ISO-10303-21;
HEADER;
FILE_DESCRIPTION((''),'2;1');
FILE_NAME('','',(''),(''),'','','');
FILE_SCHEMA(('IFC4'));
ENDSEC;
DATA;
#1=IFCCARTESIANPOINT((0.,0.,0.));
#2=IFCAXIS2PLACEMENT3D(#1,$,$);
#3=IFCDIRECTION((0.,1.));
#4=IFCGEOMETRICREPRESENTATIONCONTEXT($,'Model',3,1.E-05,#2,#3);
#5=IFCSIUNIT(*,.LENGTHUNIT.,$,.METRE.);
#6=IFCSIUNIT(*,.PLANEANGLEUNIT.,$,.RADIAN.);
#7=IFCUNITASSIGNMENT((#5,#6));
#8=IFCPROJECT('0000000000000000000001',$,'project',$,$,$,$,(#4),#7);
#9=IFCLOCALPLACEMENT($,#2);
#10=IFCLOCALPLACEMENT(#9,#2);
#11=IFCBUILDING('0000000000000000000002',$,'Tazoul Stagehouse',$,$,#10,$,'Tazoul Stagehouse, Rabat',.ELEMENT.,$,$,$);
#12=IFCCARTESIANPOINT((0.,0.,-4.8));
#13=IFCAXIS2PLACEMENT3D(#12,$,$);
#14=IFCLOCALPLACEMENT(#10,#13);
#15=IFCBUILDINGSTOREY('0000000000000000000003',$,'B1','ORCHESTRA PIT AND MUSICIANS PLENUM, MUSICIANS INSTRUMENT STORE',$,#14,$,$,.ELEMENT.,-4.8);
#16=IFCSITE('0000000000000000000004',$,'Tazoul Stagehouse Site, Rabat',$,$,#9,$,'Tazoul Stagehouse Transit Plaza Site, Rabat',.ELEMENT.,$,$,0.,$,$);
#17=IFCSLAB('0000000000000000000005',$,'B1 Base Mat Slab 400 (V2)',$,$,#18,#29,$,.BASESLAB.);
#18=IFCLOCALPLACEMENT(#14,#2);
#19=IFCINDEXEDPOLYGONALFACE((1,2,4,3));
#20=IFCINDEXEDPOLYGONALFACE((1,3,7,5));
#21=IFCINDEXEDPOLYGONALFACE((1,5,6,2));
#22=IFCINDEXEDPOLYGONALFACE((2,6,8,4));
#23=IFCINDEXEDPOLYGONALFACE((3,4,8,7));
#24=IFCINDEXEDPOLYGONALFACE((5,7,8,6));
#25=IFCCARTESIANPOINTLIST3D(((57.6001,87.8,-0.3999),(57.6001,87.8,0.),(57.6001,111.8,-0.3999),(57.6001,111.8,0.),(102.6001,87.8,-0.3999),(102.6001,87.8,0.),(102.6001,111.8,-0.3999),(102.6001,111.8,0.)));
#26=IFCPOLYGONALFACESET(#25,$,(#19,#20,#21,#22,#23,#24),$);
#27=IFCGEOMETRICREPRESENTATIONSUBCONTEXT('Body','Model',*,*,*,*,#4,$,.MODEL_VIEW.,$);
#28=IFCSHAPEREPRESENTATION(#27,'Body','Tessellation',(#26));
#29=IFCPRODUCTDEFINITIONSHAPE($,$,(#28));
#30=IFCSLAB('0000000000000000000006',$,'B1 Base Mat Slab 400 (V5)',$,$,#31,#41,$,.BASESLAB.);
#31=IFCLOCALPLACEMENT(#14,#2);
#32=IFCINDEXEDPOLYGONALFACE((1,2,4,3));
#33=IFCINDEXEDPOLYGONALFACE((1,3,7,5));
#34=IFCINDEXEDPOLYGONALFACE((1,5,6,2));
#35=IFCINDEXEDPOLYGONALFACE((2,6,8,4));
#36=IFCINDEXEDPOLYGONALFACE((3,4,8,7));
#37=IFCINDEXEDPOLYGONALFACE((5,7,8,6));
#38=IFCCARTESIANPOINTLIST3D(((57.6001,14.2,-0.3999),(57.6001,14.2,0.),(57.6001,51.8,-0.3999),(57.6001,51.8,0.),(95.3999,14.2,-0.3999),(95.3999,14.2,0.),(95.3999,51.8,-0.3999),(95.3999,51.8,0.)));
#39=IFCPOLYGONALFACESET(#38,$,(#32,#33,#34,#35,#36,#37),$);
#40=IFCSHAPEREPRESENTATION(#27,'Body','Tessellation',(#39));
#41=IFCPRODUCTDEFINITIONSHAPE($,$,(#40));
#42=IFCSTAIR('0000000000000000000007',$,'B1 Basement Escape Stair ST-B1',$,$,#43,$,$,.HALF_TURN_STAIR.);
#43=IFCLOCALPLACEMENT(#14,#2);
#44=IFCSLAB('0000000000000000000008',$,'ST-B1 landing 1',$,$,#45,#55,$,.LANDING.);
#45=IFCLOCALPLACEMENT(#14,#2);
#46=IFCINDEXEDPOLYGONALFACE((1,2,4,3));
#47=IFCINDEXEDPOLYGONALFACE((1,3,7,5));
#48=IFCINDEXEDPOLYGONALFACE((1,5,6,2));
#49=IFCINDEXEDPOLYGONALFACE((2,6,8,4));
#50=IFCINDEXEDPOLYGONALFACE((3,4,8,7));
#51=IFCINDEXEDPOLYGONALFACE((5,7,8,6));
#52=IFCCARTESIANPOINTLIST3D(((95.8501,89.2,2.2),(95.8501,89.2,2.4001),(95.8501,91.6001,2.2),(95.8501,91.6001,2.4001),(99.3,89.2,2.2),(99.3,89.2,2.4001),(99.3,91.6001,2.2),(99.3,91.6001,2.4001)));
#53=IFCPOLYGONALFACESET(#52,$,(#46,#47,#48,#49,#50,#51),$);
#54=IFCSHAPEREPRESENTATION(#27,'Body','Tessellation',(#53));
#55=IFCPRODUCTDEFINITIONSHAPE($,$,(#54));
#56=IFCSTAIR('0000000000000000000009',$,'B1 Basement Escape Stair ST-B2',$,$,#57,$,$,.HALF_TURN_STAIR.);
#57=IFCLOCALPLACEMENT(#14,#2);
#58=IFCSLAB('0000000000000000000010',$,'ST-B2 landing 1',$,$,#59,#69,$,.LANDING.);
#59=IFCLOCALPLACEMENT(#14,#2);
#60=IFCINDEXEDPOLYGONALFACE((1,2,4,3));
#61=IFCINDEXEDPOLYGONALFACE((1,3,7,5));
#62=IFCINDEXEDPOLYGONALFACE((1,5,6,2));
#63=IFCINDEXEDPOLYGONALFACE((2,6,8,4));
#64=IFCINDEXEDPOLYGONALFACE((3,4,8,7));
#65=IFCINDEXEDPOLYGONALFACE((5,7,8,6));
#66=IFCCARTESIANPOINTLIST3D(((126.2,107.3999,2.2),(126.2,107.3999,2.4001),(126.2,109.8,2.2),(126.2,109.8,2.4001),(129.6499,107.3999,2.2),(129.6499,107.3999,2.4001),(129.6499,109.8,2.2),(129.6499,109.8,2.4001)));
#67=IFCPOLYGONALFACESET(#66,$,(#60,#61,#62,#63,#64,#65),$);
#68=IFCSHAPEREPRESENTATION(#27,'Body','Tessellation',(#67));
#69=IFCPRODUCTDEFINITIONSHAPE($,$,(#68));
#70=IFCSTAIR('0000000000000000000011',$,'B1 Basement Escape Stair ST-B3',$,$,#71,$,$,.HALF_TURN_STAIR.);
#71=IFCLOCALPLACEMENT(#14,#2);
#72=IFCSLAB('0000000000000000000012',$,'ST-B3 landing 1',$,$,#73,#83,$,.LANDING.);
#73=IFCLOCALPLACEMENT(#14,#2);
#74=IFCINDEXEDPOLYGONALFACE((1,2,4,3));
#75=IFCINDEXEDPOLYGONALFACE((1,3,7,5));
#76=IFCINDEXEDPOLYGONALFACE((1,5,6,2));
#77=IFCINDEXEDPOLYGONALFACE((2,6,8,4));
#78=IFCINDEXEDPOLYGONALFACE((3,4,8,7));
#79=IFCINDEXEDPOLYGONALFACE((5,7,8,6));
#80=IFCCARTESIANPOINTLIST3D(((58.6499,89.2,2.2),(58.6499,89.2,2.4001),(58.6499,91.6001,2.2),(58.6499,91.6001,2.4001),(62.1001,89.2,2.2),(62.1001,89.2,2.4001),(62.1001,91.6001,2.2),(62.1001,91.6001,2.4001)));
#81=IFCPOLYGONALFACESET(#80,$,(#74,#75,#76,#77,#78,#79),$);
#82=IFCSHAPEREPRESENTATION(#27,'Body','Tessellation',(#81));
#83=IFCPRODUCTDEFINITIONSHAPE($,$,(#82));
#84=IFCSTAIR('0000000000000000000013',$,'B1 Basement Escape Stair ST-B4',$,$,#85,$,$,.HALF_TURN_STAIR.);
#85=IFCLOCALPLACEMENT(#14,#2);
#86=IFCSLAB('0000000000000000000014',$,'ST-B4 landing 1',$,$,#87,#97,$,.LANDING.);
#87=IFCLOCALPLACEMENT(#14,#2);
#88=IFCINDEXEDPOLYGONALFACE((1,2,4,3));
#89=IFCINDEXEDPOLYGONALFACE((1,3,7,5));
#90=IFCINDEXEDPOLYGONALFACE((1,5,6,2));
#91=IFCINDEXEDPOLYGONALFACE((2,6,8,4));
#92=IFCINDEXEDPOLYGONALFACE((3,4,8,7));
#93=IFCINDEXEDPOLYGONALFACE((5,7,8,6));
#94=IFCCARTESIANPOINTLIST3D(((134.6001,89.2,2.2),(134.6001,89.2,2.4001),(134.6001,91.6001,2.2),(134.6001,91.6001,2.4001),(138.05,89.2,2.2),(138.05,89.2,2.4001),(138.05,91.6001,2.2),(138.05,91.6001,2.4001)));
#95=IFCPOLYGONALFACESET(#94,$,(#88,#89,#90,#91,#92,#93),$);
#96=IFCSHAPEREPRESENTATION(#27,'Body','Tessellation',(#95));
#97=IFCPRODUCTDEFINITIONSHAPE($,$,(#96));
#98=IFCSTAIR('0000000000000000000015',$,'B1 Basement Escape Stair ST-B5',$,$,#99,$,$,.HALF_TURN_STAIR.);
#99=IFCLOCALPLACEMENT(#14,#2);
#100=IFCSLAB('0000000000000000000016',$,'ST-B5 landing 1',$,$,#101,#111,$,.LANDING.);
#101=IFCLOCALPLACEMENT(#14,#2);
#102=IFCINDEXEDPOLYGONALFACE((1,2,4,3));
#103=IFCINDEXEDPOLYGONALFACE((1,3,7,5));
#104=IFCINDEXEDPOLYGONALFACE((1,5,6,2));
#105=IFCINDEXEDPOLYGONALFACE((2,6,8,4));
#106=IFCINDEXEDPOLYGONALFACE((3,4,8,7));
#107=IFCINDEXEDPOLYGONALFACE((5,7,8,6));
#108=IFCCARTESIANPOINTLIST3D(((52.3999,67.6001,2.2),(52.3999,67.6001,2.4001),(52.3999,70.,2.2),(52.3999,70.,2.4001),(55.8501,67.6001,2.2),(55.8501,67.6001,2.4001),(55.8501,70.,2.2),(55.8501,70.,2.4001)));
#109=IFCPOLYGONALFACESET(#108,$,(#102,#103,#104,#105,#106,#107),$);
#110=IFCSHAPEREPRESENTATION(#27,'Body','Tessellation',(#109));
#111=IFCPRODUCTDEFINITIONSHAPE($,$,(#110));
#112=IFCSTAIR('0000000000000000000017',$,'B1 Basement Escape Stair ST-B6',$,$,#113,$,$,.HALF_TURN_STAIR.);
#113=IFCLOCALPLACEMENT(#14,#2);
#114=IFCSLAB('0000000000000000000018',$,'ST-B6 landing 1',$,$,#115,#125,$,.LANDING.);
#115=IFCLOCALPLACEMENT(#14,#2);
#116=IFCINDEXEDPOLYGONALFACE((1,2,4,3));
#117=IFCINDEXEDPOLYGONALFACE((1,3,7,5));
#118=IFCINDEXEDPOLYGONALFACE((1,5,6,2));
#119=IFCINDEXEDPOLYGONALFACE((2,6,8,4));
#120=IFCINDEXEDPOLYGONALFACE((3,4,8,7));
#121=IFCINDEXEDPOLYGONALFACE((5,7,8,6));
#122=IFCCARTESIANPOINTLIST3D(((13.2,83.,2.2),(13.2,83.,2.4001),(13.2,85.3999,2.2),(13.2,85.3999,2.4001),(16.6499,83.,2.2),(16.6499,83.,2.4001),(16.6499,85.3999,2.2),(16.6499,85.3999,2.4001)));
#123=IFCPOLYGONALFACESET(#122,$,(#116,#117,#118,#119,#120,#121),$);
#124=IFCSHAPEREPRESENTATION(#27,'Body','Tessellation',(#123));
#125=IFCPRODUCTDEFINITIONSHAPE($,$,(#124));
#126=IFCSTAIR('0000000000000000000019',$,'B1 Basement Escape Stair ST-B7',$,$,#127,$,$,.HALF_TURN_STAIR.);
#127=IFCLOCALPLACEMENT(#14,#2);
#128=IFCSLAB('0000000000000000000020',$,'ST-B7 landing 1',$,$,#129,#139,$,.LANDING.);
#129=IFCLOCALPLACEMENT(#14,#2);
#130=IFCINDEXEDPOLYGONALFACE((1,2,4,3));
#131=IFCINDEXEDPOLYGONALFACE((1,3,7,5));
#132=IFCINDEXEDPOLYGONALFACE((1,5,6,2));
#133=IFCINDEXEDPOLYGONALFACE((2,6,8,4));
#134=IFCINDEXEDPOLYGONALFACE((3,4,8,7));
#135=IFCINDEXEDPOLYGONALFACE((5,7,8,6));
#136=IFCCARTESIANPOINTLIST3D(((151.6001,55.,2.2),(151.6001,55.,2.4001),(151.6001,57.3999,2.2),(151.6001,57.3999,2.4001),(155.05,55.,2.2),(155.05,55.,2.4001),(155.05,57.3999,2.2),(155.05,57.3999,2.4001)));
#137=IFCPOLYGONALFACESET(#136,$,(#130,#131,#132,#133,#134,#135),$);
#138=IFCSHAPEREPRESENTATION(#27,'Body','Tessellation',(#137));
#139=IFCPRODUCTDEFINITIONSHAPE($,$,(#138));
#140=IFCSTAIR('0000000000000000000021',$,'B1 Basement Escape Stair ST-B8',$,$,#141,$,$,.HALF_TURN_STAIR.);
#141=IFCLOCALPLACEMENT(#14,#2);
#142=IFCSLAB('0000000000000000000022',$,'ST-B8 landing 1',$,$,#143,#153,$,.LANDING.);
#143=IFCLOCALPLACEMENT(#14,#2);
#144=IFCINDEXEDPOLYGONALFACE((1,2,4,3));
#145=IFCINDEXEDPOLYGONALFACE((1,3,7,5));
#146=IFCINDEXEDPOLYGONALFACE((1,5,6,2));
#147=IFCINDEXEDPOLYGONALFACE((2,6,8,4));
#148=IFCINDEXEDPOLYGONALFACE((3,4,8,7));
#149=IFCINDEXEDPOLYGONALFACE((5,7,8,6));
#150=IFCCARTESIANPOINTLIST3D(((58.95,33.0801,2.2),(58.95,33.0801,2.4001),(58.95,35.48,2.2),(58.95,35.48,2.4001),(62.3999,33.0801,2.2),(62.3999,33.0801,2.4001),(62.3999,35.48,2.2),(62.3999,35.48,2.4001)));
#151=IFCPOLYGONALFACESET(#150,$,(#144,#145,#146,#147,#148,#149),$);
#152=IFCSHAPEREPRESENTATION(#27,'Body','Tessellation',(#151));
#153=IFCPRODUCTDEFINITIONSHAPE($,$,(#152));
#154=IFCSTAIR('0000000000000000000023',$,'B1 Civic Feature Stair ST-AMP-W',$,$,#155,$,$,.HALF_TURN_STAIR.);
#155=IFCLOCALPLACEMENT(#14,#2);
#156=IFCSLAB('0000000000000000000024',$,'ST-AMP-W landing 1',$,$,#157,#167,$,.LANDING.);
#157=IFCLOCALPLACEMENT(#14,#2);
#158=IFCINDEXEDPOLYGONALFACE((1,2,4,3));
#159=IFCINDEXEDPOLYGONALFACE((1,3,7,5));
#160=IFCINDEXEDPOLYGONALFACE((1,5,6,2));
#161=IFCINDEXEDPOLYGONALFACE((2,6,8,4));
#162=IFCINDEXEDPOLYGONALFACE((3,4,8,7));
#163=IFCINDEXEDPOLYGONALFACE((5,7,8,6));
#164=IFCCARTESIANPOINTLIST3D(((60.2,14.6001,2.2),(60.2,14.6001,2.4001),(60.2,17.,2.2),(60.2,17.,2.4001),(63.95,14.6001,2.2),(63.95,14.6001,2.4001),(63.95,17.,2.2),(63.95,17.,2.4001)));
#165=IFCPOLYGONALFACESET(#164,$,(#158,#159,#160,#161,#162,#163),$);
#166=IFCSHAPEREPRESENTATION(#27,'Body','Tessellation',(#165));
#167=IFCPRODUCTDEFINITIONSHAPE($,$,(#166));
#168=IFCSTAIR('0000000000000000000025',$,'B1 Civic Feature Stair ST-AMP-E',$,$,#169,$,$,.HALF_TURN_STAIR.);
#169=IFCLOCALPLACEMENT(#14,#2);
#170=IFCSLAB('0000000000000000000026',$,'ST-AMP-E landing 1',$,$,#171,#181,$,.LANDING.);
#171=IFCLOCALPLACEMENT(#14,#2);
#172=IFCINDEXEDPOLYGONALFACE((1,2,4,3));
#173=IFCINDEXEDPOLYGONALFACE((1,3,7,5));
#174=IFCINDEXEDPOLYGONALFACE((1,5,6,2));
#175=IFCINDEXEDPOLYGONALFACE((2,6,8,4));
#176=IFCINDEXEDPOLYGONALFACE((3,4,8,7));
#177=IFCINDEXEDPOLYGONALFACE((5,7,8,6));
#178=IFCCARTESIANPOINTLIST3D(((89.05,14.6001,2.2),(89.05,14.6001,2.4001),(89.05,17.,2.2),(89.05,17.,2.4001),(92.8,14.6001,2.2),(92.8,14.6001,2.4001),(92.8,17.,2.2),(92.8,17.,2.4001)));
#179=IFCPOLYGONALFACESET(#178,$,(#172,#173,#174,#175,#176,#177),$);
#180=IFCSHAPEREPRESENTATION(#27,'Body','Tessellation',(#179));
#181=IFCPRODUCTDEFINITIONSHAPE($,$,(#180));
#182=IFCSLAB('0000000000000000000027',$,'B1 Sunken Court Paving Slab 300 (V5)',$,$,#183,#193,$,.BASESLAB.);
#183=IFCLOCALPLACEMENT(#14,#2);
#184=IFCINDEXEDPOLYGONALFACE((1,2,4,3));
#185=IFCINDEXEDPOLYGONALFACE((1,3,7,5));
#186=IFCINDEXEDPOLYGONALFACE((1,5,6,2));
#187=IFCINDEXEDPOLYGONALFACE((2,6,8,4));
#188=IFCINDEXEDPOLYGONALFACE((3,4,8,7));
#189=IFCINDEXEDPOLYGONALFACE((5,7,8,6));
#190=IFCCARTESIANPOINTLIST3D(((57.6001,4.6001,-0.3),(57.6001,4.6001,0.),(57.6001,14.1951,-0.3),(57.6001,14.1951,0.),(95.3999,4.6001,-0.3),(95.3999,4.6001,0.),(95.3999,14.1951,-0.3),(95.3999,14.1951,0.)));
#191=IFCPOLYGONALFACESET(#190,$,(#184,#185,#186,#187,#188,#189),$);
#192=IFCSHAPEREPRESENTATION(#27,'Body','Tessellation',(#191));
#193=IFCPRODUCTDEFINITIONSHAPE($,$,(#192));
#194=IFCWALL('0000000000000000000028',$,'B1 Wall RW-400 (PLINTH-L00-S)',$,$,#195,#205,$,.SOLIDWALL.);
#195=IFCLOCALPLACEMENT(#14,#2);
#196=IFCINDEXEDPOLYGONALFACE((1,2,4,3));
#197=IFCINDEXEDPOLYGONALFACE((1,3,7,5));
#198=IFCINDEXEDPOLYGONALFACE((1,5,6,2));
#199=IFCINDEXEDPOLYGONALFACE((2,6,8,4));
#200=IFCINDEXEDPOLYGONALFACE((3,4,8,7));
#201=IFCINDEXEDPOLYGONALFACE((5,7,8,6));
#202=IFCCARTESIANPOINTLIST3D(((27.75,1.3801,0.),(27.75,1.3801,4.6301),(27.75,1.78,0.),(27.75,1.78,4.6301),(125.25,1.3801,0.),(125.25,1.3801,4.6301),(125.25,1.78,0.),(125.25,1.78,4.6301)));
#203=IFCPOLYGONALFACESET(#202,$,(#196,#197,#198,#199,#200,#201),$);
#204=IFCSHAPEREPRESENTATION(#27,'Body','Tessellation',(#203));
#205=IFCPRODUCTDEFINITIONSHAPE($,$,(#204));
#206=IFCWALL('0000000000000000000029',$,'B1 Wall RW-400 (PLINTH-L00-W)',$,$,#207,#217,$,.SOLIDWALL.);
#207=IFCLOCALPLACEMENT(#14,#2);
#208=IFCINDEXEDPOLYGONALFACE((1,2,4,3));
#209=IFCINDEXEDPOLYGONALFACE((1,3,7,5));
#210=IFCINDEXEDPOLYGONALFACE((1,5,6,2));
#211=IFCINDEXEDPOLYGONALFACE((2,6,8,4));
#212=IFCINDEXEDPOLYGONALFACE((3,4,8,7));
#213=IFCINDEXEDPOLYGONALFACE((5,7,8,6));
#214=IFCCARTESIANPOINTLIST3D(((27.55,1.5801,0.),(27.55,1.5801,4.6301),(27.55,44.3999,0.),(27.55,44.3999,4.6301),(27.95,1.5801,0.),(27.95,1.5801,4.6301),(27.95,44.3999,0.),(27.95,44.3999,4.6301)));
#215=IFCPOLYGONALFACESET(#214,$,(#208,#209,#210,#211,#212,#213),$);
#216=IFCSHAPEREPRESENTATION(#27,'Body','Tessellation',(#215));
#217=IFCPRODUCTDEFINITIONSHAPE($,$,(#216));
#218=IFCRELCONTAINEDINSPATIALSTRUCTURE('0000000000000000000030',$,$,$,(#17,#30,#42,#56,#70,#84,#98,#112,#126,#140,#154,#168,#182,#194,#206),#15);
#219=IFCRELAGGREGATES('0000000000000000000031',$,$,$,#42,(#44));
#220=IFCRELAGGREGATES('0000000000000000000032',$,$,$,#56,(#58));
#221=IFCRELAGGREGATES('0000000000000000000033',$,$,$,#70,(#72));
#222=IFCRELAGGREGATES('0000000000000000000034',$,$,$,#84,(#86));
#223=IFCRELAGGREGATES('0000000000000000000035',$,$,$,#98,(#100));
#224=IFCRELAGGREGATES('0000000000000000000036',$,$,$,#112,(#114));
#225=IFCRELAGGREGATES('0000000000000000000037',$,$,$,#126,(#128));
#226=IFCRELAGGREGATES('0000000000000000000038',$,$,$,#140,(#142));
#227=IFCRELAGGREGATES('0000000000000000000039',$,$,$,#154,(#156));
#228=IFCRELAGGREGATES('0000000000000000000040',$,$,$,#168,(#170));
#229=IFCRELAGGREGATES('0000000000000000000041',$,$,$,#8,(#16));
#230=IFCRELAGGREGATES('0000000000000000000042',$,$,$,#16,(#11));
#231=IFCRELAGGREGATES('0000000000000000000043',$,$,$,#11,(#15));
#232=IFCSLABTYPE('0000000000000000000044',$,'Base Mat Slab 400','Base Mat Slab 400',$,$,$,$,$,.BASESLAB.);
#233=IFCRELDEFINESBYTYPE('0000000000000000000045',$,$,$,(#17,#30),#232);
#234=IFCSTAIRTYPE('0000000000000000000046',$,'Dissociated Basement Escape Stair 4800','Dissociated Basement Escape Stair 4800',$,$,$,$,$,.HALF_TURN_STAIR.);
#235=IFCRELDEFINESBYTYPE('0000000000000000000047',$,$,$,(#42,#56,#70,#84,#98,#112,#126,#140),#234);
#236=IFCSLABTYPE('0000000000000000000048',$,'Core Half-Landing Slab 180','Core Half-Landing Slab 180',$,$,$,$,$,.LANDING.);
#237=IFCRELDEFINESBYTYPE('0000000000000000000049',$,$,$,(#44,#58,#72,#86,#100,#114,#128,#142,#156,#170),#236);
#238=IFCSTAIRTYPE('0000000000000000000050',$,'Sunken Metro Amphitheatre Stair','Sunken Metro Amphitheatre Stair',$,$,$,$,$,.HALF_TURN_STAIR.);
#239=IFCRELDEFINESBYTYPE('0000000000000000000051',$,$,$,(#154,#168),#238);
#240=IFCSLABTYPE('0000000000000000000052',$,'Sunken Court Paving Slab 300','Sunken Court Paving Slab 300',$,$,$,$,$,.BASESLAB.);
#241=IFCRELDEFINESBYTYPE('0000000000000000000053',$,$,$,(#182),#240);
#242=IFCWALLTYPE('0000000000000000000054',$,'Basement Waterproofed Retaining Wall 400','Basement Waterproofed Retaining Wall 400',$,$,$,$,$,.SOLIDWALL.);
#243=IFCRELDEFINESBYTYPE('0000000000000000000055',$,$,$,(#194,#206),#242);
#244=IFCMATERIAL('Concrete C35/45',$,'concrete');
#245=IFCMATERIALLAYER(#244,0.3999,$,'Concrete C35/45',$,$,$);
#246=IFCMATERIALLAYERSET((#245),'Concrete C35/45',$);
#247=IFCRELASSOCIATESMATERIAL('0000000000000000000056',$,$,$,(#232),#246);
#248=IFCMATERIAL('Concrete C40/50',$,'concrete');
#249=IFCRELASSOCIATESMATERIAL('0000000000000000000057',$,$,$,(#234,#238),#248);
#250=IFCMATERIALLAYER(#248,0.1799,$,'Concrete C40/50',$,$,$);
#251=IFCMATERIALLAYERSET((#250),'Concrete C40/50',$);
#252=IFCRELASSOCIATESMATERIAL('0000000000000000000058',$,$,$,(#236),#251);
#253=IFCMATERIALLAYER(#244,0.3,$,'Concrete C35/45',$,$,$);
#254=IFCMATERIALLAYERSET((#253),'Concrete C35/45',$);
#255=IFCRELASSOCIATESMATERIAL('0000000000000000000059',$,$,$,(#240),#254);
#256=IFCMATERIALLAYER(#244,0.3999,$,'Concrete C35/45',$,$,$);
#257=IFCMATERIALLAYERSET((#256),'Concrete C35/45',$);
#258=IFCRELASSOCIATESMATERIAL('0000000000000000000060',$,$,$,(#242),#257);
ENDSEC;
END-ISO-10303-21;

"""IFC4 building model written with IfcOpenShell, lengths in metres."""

from ifc_helpers import new_model, si_unit, direction, frame, frame_2d, origin, place, context, subcontext, project, spatial, polyline, rectangle, outline, extrude, material, layer, layer_set, type_object, element, aggregate, save


model = new_model("IFC4")

# Units and contexts
model_context = context("Model", 3, precision=1e-05, world=origin(), true_north=direction((0.0, 1.0)))
body_context = subcontext(model_context, "Body", "Model", "MODEL_VIEW")
ifc_project = project(units=[si_unit("LENGTHUNIT", "METRE"), si_unit("PLANEANGLEUNIT", "RADIAN")], contexts=[model_context])

# Site, building, storey
site_placement = place(None, origin())
site = spatial("IfcSite", under=ifc_project, at=site_placement, Name="Tazoul Stagehouse Site, Rabat", LongName="Tazoul Stagehouse Transit Plaza Site, Rabat", CompositionType="ELEMENT", RefElevation=0.0)
building_placement = place(site_placement, origin())
building = spatial("IfcBuilding", under=site, at=building_placement, Name="Tazoul Stagehouse", LongName="Tazoul Stagehouse, Rabat", CompositionType="ELEMENT")
storey_placement = place(building_placement, frame((0.0, 0.0, -4.8)))
storey = spatial("IfcBuildingStorey", under=building, at=storey_placement, Name="B1", Description="ORCHESTRA PIT AND MUSICIANS PLENUM, MUSICIANS INSTRUMENT STORE", CompositionType="ELEMENT", Elevation=-4.8)

# Shared definitions
ifc_material_1 = material(Name="Concrete C35/45", Category="concrete")

# Shared definitions
ifc_material_2 = material(Name="Concrete C40/50", Category="concrete")

# Slabs
ifc_layer_1 = layer(ifc_material_1, 0.3999, Name="Concrete C35/45")
ifc_layer_set_1 = layer_set([ifc_layer_1], Name="Concrete C35/45")
slab_type_1 = type_object("IfcSlabType", Name="Base Mat Slab 400", Description="Base Mat Slab 400", PredefinedType="BASESLAB", material=ifc_layer_set_1)
slab_1_placement = place(storey_placement, frame((0.0, 0.0, -0.3999)))
element("IfcSlab", 1, at=slab_1_placement, inside=storey, type_object=slab_type_1, Name="B1 Base Mat Slab 400 (V2)", PredefinedType="BASESLAB", context=body_context, shape_type="SweptSolid", body=[
    extrude(outline(polyline([(57.6001, 87.8), (57.6001, 111.8), (102.6001, 111.8), (102.6001, 87.8), (57.6001, 87.8)])), origin(), (0.0, 0.0, 1.0), 0.3999),
])
slab_2_placement = place(storey_placement, frame((0.0, 0.0, -0.3999)))
element("IfcSlab", 2, at=slab_2_placement, inside=storey, type_object=slab_type_1, Name="B1 Base Mat Slab 400 (V5)", PredefinedType="BASESLAB", context=body_context, shape_type="SweptSolid", body=[
    extrude(outline(polyline([(57.6001, 14.2), (57.6001, 51.8), (95.3999, 51.8), (95.3999, 14.2), (57.6001, 14.2)])), origin(), (0.0, 0.0, 1.0), 0.3999),
])

# Stairs, slabs
stair_type_1 = type_object("IfcStairType", Name="Dissociated Basement Escape Stair 4800", Description="Dissociated Basement Escape Stair 4800", PredefinedType="HALF_TURN_STAIR", material=ifc_material_2)
stair_1_placement = place(storey_placement, origin())
stair_1 = element("IfcStair", 3, at=stair_1_placement, inside=storey, type_object=stair_type_1, Name="B1 Basement Escape Stair ST-B1", PredefinedType="HALF_TURN_STAIR")
ifc_layer_2 = layer(ifc_material_2, 0.1799, Name="Concrete C40/50")
ifc_layer_set_2 = layer_set([ifc_layer_2], Name="Concrete C40/50")
slab_type_2 = type_object("IfcSlabType", Name="Core Half-Landing Slab 180", Description="Core Half-Landing Slab 180", PredefinedType="LANDING", material=ifc_layer_set_2)
slab_3_placement = place(storey_placement, frame((0.0, 0.0, 2.2)))
slab_3 = element("IfcSlab", 4, at=slab_3_placement, type_object=slab_type_2, Name="ST-B1 landing 1", PredefinedType="LANDING", context=body_context, shape_type="SweptSolid", body=[
    extrude(outline(polyline([(95.8501, 91.6001), (95.8501, 89.2), (99.3, 89.2), (99.3, 91.6001), (95.8501, 91.6001)])), origin(), (0.0, 0.0, 1.0), 0.2002),
])
aggregate(stair_1, [slab_3])
stair_2_placement = place(storey_placement, origin())
stair_2 = element("IfcStair", 5, at=stair_2_placement, inside=storey, type_object=stair_type_1, Name="B1 Basement Escape Stair ST-B2", PredefinedType="HALF_TURN_STAIR")
slab_4_placement = place(storey_placement, frame((0.0, 0.0, 2.2)))
slab_4 = element("IfcSlab", 6, at=slab_4_placement, type_object=slab_type_2, Name="ST-B2 landing 1", PredefinedType="LANDING", context=body_context, shape_type="SweptSolid", body=[
    extrude(outline(polyline([(129.6499, 107.3999), (129.6499, 109.8), (126.2, 109.8), (126.2, 107.3999), (129.6499, 107.3999)])), origin(), (0.0, 0.0, 1.0), 0.2002),
])
aggregate(stair_2, [slab_4])
stair_3_placement = place(storey_placement, origin())
stair_3 = element("IfcStair", 7, at=stair_3_placement, inside=storey, type_object=stair_type_1, Name="B1 Basement Escape Stair ST-B3", PredefinedType="HALF_TURN_STAIR")
slab_5_placement = place(storey_placement, frame((0.0, 0.0, 2.2)))
slab_5 = element("IfcSlab", 8, at=slab_5_placement, type_object=slab_type_2, Name="ST-B3 landing 1", PredefinedType="LANDING", context=body_context, shape_type="SweptSolid", body=[
    extrude(outline(polyline([(58.6499, 91.6001), (58.6499, 89.2), (62.1001, 89.2), (62.1001, 91.6001), (58.6499, 91.6001)])), origin(), (0.0, 0.0, 1.0), 0.2002),
])
aggregate(stair_3, [slab_5])
stair_4_placement = place(storey_placement, origin())
stair_4 = element("IfcStair", 9, at=stair_4_placement, inside=storey, type_object=stair_type_1, Name="B1 Basement Escape Stair ST-B4", PredefinedType="HALF_TURN_STAIR")
slab_6_placement = place(storey_placement, frame((0.0, 0.0, 2.2)))
slab_6 = element("IfcSlab", 10, at=slab_6_placement, type_object=slab_type_2, Name="ST-B4 landing 1", PredefinedType="LANDING", context=body_context, shape_type="SweptSolid", body=[
    extrude(outline(polyline([(134.6001, 91.6001), (134.6001, 89.2), (138.05, 89.2), (138.05, 91.6001), (134.6001, 91.6001)])), origin(), (0.0, 0.0, 1.0), 0.2002),
])
aggregate(stair_4, [slab_6])
stair_5_placement = place(storey_placement, origin())
stair_5 = element("IfcStair", 11, at=stair_5_placement, inside=storey, type_object=stair_type_1, Name="B1 Basement Escape Stair ST-B5", PredefinedType="HALF_TURN_STAIR")
slab_7_placement = place(storey_placement, frame((0.0, 0.0, 2.2)))
slab_7 = element("IfcSlab", 12, at=slab_7_placement, type_object=slab_type_2, Name="ST-B5 landing 1", PredefinedType="LANDING", context=body_context, shape_type="SweptSolid", body=[
    extrude(outline(polyline([(52.3999, 70.0), (52.3999, 67.6001), (55.8501, 67.6001), (55.8501, 70.0), (52.3999, 70.0)])), origin(), (0.0, 0.0, 1.0), 0.2002),
])
aggregate(stair_5, [slab_7])
stair_6_placement = place(storey_placement, origin())
stair_6 = element("IfcStair", 13, at=stair_6_placement, inside=storey, type_object=stair_type_1, Name="B1 Basement Escape Stair ST-B6", PredefinedType="HALF_TURN_STAIR")
slab_8_placement = place(storey_placement, frame((0.0, 0.0, 2.2)))
slab_8 = element("IfcSlab", 14, at=slab_8_placement, type_object=slab_type_2, Name="ST-B6 landing 1", PredefinedType="LANDING", context=body_context, shape_type="SweptSolid", body=[
    extrude(outline(polyline([(16.6499, 83.0), (16.6499, 85.3999), (13.2, 85.3999), (13.2, 83.0), (16.6499, 83.0)])), origin(), (0.0, 0.0, 1.0), 0.2002),
])
aggregate(stair_6, [slab_8])
stair_7_placement = place(storey_placement, origin())
stair_7 = element("IfcStair", 15, at=stair_7_placement, inside=storey, type_object=stair_type_1, Name="B1 Basement Escape Stair ST-B7", PredefinedType="HALF_TURN_STAIR")
slab_9_placement = place(storey_placement, frame((0.0, 0.0, 2.2)))
slab_9 = element("IfcSlab", 16, at=slab_9_placement, type_object=slab_type_2, Name="ST-B7 landing 1", PredefinedType="LANDING", context=body_context, shape_type="SweptSolid", body=[
    extrude(outline(polyline([(155.05, 55.0), (155.05, 57.3999), (151.6001, 57.3999), (151.6001, 55.0), (155.05, 55.0)])), origin(), (0.0, 0.0, 1.0), 0.2002),
])
aggregate(stair_7, [slab_9])
stair_8_placement = place(storey_placement, origin())
stair_8 = element("IfcStair", 17, at=stair_8_placement, inside=storey, type_object=stair_type_1, Name="B1 Basement Escape Stair ST-B8", PredefinedType="HALF_TURN_STAIR")
slab_10_placement = place(storey_placement, frame((0.0, 0.0, 2.2)))
slab_10 = element("IfcSlab", 18, at=slab_10_placement, type_object=slab_type_2, Name="ST-B8 landing 1", PredefinedType="LANDING", context=body_context, shape_type="SweptSolid", body=[
    extrude(outline(polyline([(62.3999, 33.0801), (62.3999, 35.48), (58.95, 35.48), (58.95, 33.0801), (62.3999, 33.0801)])), origin(), (0.0, 0.0, 1.0), 0.2002),
])
aggregate(stair_8, [slab_10])
stair_type_2 = type_object("IfcStairType", Name="Sunken Metro Amphitheatre Stair", Description="Sunken Metro Amphitheatre Stair", PredefinedType="HALF_TURN_STAIR", material=ifc_material_2)
stair_9_placement = place(storey_placement, origin())
stair_9 = element("IfcStair", 19, at=stair_9_placement, inside=storey, type_object=stair_type_2, Name="B1 Civic Feature Stair ST-AMP-W", PredefinedType="HALF_TURN_STAIR")
slab_11_placement = place(storey_placement, frame((0.0, 0.0, 2.2)))
slab_11 = element("IfcSlab", 20, at=slab_11_placement, type_object=slab_type_2, Name="ST-AMP-W landing 1", PredefinedType="LANDING", context=body_context, shape_type="SweptSolid", body=[
    extrude(outline(polyline([(63.95, 14.6001), (63.95, 17.0), (60.2, 17.0), (60.2, 14.6001), (63.95, 14.6001)])), origin(), (0.0, 0.0, 1.0), 0.2002),
])
aggregate(stair_9, [slab_11])
stair_10_placement = place(storey_placement, origin())
stair_10 = element("IfcStair", 21, at=stair_10_placement, inside=storey, type_object=stair_type_2, Name="B1 Civic Feature Stair ST-AMP-E", PredefinedType="HALF_TURN_STAIR")
slab_12_placement = place(storey_placement, frame((0.0, 0.0, 2.2)))
slab_12 = element("IfcSlab", 22, at=slab_12_placement, type_object=slab_type_2, Name="ST-AMP-E landing 1", PredefinedType="LANDING", context=body_context, shape_type="SweptSolid", body=[
    extrude(outline(polyline([(92.8, 14.6001), (92.8, 17.0), (89.05, 17.0), (89.05, 14.6001), (92.8, 14.6001)])), origin(), (0.0, 0.0, 1.0), 0.2002),
])
aggregate(stair_10, [slab_12])

# Slab
ifc_layer_3 = layer(ifc_material_1, 0.3, Name="Concrete C35/45")
ifc_layer_set_3 = layer_set([ifc_layer_3], Name="Concrete C35/45")
slab_type_3 = type_object("IfcSlabType", Name="Sunken Court Paving Slab 300", Description="Sunken Court Paving Slab 300", PredefinedType="BASESLAB", material=ifc_layer_set_3)
slab_13_placement = place(storey_placement, frame((0.0, 0.0, -0.3)))
element("IfcSlab", 23, at=slab_13_placement, inside=storey, type_object=slab_type_3, Name="B1 Sunken Court Paving Slab 300 (V5)", PredefinedType="BASESLAB", context=body_context, shape_type="SweptSolid", body=[
    extrude(outline(polyline([(57.6001, 4.6001), (57.6001, 14.1951), (95.3999, 14.1951), (95.3999, 4.6001), (57.6001, 4.6001)])), origin(), (0.0, 0.0, 1.0), 0.3),
])

# Walls
ifc_layer_4 = layer(ifc_material_1, 0.3999, Name="Concrete C35/45")
ifc_layer_set_4 = layer_set([ifc_layer_4], Name="Concrete C35/45")
wall_type = type_object("IfcWallType", Name="Basement Waterproofed Retaining Wall 400", Description="Basement Waterproofed Retaining Wall 400", PredefinedType="SOLIDWALL", material=ifc_layer_set_4)
wall_1_placement = place(storey_placement, frame((27.75, 1.5801, 0.0), z_axis=(0.0, 0.0, 1.0), x_axis=(1.0, 0.0, 0.0)))
element("IfcWall", 24, at=wall_1_placement, inside=storey, type_object=wall_type, Name="B1 Wall RW-400 (PLINTH-L00-S)", PredefinedType="SOLIDWALL", context=body_context, shape_type="SweptSolid", body=[
    extrude(rectangle(XDim=97.5, YDim=0.3999, at=frame_2d((48.75, 0.0))), origin(), (0.0, 0.0, 1.0), 4.6301),
])
wall_2_placement = place(storey_placement, frame((27.75, 1.5801, 0.0), z_axis=(0.0, 0.0, 1.0), x_axis=(0.0, 1.0, 0.0)))
element("IfcWall", 25, at=wall_2_placement, inside=storey, type_object=wall_type, Name="B1 Wall RW-400 (PLINTH-L00-W)", PredefinedType="SOLIDWALL", context=body_context, shape_type="SweptSolid", body=[
    extrude(rectangle(XDim=42.8198, YDim=0.3999, at=frame_2d((21.4099, 0.0))), origin(), (0.0, 0.0, 1.0), 4.6301),
])

save(model, "model.ifc")
